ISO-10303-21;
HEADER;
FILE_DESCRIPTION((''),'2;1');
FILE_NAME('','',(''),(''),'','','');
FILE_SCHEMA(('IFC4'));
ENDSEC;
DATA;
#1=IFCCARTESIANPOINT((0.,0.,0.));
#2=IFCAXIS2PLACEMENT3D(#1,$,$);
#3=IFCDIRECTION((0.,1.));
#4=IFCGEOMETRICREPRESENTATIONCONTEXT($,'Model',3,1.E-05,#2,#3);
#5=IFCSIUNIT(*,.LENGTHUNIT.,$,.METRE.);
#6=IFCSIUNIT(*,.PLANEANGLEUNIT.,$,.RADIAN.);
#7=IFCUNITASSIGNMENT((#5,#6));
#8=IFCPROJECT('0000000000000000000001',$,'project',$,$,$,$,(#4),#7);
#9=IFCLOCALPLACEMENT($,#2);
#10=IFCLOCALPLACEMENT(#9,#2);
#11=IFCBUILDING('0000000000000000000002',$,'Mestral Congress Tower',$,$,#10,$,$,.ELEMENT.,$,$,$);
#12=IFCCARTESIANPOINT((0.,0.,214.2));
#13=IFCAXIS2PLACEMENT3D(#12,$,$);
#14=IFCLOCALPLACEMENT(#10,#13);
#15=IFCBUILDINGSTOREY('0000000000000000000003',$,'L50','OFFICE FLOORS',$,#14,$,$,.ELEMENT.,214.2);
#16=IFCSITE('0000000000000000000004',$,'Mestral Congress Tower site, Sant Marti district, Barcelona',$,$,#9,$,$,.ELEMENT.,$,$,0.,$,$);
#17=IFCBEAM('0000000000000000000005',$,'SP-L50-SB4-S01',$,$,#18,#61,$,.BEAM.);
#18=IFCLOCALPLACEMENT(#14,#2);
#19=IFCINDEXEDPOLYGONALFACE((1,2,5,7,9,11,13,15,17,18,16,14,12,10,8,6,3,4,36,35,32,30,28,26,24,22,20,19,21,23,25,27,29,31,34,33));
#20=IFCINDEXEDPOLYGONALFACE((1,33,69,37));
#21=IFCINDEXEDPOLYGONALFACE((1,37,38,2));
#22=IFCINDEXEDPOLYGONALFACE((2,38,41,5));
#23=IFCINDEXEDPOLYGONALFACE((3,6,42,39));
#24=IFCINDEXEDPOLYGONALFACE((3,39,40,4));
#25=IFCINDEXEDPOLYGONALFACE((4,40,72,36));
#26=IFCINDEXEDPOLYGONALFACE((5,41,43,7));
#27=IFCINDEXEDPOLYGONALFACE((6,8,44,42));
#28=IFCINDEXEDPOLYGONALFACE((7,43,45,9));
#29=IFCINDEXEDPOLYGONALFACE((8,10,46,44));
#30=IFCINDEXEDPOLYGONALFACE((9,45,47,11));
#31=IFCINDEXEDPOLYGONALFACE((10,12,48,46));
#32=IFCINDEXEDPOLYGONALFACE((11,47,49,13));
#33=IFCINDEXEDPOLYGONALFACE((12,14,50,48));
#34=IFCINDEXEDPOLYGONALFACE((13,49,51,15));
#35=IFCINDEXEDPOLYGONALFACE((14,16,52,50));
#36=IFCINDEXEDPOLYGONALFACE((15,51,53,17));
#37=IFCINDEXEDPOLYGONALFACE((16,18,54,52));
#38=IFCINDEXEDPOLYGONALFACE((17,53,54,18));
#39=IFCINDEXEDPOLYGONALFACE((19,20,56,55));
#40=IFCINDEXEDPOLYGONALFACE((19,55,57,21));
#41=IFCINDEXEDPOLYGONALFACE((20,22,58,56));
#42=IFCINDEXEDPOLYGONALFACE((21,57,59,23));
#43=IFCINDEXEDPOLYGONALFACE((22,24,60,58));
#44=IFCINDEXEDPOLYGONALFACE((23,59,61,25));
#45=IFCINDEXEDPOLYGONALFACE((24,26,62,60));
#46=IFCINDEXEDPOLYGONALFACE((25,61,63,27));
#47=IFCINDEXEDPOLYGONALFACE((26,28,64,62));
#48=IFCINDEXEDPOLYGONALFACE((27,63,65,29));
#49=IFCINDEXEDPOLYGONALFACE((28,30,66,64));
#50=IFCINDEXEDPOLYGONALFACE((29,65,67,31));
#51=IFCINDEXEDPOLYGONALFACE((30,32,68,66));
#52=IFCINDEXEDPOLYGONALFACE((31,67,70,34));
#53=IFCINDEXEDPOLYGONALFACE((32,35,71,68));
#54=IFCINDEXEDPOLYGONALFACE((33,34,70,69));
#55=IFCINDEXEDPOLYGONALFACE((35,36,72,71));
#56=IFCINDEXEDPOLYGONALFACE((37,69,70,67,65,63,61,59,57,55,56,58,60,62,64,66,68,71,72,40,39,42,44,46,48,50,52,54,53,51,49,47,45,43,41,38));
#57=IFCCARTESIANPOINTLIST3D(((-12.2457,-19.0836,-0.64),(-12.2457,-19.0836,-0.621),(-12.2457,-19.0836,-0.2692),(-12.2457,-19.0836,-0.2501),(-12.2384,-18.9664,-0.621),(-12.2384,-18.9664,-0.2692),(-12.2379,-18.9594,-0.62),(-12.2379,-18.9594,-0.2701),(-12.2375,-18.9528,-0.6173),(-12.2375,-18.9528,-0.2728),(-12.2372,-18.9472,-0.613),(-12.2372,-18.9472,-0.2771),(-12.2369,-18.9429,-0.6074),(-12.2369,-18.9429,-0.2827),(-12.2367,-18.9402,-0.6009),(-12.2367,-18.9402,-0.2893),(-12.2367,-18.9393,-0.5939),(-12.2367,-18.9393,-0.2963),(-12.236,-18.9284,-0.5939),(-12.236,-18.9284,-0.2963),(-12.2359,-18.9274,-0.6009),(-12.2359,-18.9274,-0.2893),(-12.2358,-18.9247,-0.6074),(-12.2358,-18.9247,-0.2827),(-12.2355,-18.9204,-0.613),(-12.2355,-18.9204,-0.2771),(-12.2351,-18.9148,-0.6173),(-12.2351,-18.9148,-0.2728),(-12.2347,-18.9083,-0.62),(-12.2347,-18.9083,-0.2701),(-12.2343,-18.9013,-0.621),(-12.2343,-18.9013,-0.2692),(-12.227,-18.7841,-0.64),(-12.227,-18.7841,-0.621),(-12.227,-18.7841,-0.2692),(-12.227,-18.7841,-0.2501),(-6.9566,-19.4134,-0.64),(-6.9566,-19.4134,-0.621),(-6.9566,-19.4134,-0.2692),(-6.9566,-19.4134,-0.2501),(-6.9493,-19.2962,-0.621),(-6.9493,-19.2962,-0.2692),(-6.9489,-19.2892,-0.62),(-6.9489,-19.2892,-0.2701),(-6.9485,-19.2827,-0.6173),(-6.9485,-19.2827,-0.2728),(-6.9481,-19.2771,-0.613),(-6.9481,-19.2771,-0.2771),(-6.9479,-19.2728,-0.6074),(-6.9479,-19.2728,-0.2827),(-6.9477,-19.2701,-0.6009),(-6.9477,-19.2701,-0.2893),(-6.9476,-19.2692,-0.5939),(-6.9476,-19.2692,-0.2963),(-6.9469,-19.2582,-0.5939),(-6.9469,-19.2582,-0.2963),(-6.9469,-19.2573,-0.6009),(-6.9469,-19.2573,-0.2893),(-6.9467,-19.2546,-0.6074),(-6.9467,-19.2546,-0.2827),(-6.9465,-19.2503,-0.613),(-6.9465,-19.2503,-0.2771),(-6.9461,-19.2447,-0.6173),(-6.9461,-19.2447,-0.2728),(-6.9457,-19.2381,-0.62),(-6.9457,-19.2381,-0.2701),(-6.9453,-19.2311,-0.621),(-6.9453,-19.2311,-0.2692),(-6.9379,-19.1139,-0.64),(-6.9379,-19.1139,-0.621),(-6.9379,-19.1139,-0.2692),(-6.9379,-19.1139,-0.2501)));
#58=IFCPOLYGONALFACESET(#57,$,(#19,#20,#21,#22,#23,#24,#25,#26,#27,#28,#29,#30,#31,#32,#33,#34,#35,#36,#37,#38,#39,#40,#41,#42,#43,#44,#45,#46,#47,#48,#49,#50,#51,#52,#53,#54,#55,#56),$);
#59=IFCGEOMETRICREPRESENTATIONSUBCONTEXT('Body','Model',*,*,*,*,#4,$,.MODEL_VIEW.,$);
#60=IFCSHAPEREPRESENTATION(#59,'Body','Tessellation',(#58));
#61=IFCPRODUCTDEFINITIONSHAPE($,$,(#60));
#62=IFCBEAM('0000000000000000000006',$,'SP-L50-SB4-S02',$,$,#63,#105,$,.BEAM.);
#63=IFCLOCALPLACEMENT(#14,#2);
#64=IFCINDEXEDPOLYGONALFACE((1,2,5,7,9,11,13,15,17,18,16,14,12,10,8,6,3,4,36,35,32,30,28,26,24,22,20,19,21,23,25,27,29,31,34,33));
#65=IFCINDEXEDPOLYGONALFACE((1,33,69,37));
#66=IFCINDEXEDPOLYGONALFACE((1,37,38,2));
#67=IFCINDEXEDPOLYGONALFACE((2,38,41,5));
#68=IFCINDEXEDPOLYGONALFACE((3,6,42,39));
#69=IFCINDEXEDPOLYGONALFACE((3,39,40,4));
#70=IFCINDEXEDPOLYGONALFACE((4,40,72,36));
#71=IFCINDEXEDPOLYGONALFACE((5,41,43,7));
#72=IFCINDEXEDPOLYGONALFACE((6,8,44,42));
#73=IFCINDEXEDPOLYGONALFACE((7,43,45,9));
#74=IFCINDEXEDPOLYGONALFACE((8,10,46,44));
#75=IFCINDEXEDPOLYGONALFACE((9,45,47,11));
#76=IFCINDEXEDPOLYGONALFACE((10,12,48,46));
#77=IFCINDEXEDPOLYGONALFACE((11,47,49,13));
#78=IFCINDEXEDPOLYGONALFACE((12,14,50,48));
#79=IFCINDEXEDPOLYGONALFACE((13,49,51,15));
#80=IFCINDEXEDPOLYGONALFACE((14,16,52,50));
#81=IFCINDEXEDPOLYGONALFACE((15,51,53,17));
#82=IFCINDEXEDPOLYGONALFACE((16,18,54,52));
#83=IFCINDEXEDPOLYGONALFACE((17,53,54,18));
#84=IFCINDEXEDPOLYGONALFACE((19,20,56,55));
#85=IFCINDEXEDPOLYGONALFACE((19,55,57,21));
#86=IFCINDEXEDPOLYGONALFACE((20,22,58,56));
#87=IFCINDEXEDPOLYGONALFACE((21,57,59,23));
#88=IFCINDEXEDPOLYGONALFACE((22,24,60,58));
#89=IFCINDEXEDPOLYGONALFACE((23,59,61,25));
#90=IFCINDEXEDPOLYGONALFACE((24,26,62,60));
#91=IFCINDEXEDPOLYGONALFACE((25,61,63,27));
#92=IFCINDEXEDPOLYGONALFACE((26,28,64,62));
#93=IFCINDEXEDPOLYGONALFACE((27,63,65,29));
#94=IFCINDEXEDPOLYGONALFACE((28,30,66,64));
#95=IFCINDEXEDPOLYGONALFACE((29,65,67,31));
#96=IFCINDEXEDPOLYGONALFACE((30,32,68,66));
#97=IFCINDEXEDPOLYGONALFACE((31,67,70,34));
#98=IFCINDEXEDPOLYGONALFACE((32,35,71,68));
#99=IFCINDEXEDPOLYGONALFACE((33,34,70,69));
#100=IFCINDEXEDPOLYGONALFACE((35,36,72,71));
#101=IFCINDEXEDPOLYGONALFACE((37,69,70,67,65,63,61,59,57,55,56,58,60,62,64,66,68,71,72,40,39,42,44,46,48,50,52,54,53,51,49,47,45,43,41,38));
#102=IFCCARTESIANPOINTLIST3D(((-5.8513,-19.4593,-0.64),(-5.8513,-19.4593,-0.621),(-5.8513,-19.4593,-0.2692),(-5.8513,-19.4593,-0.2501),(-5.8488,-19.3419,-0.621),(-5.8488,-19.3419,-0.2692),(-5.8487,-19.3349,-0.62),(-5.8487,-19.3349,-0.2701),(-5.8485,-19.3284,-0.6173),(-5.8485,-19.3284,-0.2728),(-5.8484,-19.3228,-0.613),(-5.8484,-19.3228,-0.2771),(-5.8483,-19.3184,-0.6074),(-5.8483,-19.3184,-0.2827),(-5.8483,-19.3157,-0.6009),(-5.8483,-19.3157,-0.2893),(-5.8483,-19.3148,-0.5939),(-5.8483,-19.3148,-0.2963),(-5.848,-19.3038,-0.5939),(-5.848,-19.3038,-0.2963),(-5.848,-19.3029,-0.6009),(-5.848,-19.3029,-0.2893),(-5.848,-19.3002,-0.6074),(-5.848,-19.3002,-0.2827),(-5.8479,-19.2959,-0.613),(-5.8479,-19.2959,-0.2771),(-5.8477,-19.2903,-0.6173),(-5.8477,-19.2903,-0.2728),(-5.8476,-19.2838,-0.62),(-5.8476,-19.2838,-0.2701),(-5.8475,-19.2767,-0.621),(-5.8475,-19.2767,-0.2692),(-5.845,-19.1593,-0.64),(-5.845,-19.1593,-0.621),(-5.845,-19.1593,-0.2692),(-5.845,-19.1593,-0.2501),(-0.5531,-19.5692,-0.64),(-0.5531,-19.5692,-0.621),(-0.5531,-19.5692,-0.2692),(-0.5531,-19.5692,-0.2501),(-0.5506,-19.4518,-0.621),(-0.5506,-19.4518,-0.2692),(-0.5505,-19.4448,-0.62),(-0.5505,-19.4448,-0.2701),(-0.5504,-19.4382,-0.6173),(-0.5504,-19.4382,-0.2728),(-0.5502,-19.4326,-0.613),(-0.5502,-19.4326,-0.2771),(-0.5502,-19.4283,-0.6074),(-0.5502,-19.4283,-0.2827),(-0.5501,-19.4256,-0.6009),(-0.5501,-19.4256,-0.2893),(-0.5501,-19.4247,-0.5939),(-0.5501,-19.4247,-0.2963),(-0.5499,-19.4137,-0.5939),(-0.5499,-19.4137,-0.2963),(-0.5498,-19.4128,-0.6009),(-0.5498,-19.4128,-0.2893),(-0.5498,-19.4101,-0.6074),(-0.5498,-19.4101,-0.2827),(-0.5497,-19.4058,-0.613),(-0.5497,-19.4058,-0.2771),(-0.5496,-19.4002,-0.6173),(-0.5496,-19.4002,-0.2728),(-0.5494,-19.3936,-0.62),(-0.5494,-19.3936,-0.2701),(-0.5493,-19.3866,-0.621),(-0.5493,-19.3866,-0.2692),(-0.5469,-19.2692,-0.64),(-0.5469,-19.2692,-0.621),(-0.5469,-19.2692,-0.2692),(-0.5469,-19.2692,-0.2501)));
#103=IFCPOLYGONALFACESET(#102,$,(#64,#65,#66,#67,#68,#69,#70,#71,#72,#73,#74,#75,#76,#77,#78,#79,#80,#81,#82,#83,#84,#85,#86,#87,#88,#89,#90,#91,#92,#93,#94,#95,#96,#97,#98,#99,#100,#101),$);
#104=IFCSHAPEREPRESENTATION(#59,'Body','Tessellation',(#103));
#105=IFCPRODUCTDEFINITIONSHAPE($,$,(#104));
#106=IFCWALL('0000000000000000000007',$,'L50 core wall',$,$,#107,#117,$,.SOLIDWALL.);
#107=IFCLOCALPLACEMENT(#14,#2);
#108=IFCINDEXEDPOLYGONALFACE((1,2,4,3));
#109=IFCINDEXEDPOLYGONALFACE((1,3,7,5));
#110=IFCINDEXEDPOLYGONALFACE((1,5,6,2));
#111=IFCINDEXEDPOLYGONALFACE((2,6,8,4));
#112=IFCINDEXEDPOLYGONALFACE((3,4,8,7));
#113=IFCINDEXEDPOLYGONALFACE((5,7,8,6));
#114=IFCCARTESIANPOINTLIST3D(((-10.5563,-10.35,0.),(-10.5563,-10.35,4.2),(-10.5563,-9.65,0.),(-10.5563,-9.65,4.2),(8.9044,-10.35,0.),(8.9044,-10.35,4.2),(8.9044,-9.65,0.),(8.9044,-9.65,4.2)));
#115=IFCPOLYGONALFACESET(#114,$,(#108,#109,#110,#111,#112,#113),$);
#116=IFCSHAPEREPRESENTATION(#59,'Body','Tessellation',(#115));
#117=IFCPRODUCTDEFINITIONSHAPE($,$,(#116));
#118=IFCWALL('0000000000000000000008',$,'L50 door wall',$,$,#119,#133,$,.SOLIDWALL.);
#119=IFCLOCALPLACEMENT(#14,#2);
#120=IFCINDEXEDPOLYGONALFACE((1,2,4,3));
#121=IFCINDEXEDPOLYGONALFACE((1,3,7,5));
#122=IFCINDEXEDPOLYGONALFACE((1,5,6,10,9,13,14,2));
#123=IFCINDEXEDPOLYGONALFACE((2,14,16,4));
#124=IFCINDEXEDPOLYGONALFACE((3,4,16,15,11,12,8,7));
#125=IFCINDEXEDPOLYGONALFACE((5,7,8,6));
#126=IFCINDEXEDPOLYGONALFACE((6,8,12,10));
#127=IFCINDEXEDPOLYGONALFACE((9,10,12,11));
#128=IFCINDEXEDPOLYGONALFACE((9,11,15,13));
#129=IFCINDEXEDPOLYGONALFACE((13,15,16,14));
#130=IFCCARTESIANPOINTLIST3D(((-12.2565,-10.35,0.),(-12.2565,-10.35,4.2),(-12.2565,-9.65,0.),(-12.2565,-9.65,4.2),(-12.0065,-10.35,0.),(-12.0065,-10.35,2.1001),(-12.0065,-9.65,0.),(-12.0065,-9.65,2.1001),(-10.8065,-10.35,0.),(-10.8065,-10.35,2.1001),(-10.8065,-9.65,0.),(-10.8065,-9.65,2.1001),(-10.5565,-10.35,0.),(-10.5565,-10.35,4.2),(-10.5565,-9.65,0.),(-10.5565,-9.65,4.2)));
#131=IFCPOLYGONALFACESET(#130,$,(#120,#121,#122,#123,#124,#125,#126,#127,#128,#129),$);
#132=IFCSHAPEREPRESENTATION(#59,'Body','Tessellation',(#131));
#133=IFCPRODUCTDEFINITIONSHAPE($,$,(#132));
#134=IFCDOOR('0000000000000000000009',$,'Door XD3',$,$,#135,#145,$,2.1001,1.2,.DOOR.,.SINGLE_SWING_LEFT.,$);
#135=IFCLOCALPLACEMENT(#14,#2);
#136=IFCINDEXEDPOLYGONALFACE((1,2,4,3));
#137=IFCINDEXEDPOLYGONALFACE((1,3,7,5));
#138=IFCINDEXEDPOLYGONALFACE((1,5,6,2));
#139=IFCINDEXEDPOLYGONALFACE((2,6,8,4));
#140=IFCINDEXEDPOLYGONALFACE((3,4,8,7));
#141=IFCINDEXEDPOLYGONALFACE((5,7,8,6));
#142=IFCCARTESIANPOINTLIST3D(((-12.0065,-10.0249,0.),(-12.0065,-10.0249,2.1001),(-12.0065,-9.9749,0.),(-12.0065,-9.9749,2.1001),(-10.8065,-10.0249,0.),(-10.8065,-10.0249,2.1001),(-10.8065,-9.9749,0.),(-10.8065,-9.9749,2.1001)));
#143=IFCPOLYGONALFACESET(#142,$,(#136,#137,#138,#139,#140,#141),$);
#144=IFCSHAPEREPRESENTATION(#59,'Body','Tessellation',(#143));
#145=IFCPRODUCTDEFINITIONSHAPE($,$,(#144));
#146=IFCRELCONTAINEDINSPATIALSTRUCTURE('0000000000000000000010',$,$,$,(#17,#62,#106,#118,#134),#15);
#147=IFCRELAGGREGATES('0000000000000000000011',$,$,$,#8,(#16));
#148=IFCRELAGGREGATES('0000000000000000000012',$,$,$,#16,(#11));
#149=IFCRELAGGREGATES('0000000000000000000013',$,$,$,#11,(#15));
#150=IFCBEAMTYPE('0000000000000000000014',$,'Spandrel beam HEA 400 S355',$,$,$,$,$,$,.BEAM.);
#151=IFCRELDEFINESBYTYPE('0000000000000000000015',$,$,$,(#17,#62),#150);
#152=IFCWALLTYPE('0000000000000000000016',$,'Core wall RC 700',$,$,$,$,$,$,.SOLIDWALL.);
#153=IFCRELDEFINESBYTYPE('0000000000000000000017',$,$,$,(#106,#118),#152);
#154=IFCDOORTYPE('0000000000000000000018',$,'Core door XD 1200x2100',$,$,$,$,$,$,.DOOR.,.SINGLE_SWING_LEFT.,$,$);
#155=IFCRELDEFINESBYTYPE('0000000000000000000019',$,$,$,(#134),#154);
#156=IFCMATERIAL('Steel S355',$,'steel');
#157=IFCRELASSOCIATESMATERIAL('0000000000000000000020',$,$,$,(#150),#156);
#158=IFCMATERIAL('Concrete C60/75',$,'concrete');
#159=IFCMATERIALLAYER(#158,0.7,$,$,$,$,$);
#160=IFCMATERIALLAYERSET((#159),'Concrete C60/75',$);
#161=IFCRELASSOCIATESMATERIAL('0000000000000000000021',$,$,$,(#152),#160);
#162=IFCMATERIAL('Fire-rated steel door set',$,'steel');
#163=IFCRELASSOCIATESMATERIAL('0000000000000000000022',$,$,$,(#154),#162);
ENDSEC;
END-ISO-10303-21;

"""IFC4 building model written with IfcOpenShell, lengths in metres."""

from ifc_helpers import new_model, si_unit, direction, frame, frame_2d, origin, origin_2d, place, context, subcontext, project, spatial, rectangle, i_section, extrude, material, layer, layer_set, material_profile, profile_set, type_object, element, fill, save


model = new_model("IFC4")

# Units and contexts
model_context = context("Model", 3, precision=1e-05, world=origin(), true_north=direction((0.0, 1.0)))
body_context = subcontext(model_context, "Body", "Model", "MODEL_VIEW")
ifc_project = project(units=[si_unit("LENGTHUNIT", "METRE"), si_unit("PLANEANGLEUNIT", "RADIAN")], contexts=[model_context])

# Site, building, storey
site_placement = place(None, origin())
site = spatial("IfcSite", under=ifc_project, at=site_placement, Name="Mestral Congress Tower site, Sant Marti district, Barcelona", CompositionType="ELEMENT", RefElevation=0.0)
building_placement = place(site_placement, origin())
building = spatial("IfcBuilding", under=site, at=building_placement, Name="Mestral Congress Tower", CompositionType="ELEMENT")
storey_placement = place(building_placement, frame((0.0, 0.0, 214.2)))
storey = spatial("IfcBuildingStorey", under=building, at=storey_placement, Name="L50", Description="OFFICE FLOORS", CompositionType="ELEMENT", Elevation=214.2)

# Shared definitions
ifc_material_1 = material(Name="Concrete C60/75", Category="concrete")

# Beams
ifc_material_2 = material(Name="Steel S355", Category="steel")
ifc_material_profile_1 = material_profile(ifc_material_2, i_section(OverallWidth=0.3, OverallDepth=0.3899, WebThickness=0.011, FlangeThickness=0.019, FilletRadius=0.0271, at=origin_2d()), Name="HEA 400")
ifc_profile_set_1 = profile_set([ifc_material_profile_1], Name="Steel S355")
beam_type_1 = type_object("IfcBeamType", Name="Spandrel beam HEA 400 S355", PredefinedType="BEAM", material=ifc_profile_set_1)
for number, where, z_axis, x_axis, name in (
    (1, (-12.2363, -18.9338, -0.4451), (0.998061, -0.062241, 0.0), (0.062241, 0.998061, 0.0), "SP-L50-SB4-S01"),
    (2, (-5.8481, -19.3093, -0.4451), (0.999785, -0.020732, 0.0), (0.020732, 0.999785, 0.0), "SP-L50-SB4-S02"),
):
    element("IfcBeam", number, at=place(storey_placement, frame(where, z_axis=z_axis, x_axis=x_axis)), inside=storey, type_object=beam_type_1, Name=name, PredefinedType="BEAM", context=body_context, shape_type="SweptSolid", body=[
        extrude(i_section(OverallWidth=0.3, OverallDepth=0.3899, WebThickness=0.011, FlangeThickness=0.019, FilletRadius=0.0271, at=origin_2d()), origin(), (0.0, 0.0, 1.0), 5.2993),
    ])

# Wall
ifc_layer_1 = layer(ifc_material_1, 0.7)
ifc_layer_set_1 = layer_set([ifc_layer_1], Name="Concrete C60/75")
wall_type_1 = type_object("IfcWallType", Name="Core wall RC 700", PredefinedType="SOLIDWALL", material=ifc_layer_set_1)
wall_1_placement = place(storey_placement, frame((-10.5564, -10.0, 0.0), z_axis=(0.0, 0.0, 1.0), x_axis=(1.0, 0.0, 0.0)))
element("IfcWall", 3, at=wall_1_placement, inside=storey, type_object=wall_type_1, Name="L50 core wall", PredefinedType="SOLIDWALL", context=body_context, shape_type="SweptSolid", body=[
    extrude(rectangle(XDim=19.4607, YDim=0.7, at=frame_2d((9.7305, 0.0))), origin(), (0.0, 0.0, 1.0), 4.2),
])

# Wall, opening, door
wall_2_placement = place(storey_placement, frame((-10.5564, -10.0, 0.0), z_axis=(0.0, 0.0, 1.0), x_axis=(-1.0, 0.0, 0.0)))
wall_2 = element("IfcWall", 4, at=wall_2_placement, inside=storey, type_object=wall_type_1, Name="L50 door wall", PredefinedType="SOLIDWALL", context=body_context, shape_type="SweptSolid", body=[
    extrude(rectangle(XDim=1.7, YDim=0.7, at=frame_2d((0.8501, 0.0))), origin(), (0.0, 0.0, 1.0), 4.2),
])
opening_1_placement = place(wall_2_placement, frame((0.25, 0.0, 0.0)))
opening_1 = element("IfcOpeningElement", 5, at=opening_1_placement, cuts=wall_2, PredefinedType="OPENING", context=body_context, shape_type="SweptSolid", body=[
    extrude(rectangle(XDim=1.2, YDim=2.1001, at=frame_2d((0.6001, 1.05))), frame((0.0, 0.3599, 0.0), z_axis=(0.0, -1.0, 0.0), x_axis=(1.0, 0.0, 0.0)), (0.0, 0.0, 1.0), 0.72),
])
ifc_material_3 = material(Name="Fire-rated steel door set", Category="steel")
door_type_1 = type_object("IfcDoorType", Name="Core door XD 1200x2100", OperationType="SINGLE_SWING_LEFT", PredefinedType="DOOR", material=ifc_material_3)
door_1_placement = place(opening_1_placement, origin())
door_1 = element("IfcDoor", 6, at=door_1_placement, inside=storey, type_object=door_type_1, Name="Door XD3", OperationType="SINGLE_SWING_LEFT", OverallHeight=2.1001, OverallWidth=1.2, PredefinedType="DOOR", context=body_context, shape_type="SweptSolid", body=[
    extrude(rectangle(XDim=1.2, YDim=2.1001, at=frame_2d((0.6001, 1.05))), frame((0.0, 0.0249, 0.0), z_axis=(0.0, -1.0, 0.0), x_axis=(1.0, 0.0, 0.0)), (0.0, 0.0, 1.0), 0.05),
])
fill(opening_1, door_1)

save(model, "model.ifc")
